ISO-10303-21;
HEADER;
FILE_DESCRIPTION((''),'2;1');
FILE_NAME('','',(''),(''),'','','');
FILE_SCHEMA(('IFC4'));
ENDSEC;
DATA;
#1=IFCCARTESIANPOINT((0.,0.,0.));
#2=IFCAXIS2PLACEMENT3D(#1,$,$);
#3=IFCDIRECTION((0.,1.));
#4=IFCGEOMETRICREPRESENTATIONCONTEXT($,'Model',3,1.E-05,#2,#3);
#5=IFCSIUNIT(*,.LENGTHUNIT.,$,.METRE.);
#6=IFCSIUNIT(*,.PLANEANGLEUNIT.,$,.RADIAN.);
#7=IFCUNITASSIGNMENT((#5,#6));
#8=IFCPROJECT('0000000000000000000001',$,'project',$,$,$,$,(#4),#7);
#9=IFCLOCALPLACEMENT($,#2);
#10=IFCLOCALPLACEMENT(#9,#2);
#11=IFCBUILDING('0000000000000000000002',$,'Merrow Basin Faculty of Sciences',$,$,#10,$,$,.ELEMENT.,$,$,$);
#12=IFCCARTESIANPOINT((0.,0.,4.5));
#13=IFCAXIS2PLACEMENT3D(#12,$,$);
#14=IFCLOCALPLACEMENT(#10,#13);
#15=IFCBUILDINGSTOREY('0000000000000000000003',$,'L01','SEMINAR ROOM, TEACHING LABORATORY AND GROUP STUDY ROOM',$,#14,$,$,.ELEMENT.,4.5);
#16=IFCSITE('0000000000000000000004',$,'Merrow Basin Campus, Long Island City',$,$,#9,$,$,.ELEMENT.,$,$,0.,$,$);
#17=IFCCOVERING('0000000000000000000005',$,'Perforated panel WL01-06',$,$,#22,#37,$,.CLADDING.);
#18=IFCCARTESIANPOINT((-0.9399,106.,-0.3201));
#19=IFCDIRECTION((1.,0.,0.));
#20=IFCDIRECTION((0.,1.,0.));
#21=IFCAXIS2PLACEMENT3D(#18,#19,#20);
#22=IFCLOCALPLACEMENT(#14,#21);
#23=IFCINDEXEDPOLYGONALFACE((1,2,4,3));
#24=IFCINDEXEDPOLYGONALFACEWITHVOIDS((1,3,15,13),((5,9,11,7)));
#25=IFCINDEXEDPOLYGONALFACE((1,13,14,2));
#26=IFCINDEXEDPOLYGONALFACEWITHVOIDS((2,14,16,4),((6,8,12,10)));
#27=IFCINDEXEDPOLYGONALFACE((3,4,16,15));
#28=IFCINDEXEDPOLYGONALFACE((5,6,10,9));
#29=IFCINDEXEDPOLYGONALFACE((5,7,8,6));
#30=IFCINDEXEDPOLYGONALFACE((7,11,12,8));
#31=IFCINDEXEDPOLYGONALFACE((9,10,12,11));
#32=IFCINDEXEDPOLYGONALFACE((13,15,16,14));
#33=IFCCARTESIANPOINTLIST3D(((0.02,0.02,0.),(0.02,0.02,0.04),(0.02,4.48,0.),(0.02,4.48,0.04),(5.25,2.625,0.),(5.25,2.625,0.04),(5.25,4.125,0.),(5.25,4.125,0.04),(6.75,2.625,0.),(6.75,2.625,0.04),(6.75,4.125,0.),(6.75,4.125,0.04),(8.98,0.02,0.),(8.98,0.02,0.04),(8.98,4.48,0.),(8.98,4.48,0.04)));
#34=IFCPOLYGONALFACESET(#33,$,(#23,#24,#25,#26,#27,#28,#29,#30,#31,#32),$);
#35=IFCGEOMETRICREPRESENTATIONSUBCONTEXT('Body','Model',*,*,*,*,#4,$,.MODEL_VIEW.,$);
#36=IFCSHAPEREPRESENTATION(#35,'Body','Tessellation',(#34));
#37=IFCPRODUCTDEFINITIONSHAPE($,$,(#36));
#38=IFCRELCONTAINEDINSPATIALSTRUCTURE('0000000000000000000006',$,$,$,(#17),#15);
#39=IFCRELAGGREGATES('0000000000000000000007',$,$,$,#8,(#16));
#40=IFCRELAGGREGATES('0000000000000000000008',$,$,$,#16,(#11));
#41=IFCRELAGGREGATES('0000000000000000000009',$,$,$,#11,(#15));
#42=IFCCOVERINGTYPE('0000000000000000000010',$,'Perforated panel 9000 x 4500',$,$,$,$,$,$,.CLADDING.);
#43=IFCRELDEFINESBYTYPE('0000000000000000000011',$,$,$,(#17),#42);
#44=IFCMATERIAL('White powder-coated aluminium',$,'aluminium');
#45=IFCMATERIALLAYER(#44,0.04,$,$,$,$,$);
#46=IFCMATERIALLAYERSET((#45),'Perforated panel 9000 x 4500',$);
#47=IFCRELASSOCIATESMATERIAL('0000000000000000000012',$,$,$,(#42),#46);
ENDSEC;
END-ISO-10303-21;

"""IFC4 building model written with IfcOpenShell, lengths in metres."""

from ifc_helpers import new_model, si_unit, direction, frame, origin, place, context, subcontext, project, spatial, polyline, outline, extrude, source, transform, mapped, material, layer, layer_set, type_object, element, save


model = new_model("IFC4")

# Units and contexts
model_context = context("Model", 3, precision=1e-05, world=origin(), true_north=direction((0.0, 1.0)))
body_context = subcontext(model_context, "Body", "Model", "MODEL_VIEW")
ifc_project = project(units=[si_unit("LENGTHUNIT", "METRE"), si_unit("PLANEANGLEUNIT", "RADIAN")], contexts=[model_context])

# Site, building, storey
site_placement = place(None, origin())
site = spatial("IfcSite", under=ifc_project, at=site_placement, Name="Merrow Basin Campus, Long Island City", CompositionType="ELEMENT", RefElevation=0.0)
building_placement = place(site_placement, origin())
building = spatial("IfcBuilding", under=site, at=building_placement, Name="Merrow Basin Faculty of Sciences", CompositionType="ELEMENT")
storey_placement = place(building_placement, frame((0.0, 0.0, 4.5)))
storey = spatial("IfcBuildingStorey", under=building, at=storey_placement, Name="L01", Description="SEMINAR ROOM, TEACHING LABORATORY AND GROUP STUDY ROOM", CompositionType="ELEMENT", Elevation=4.5)

# Covering
ifc_material_1 = material(Name="White powder-coated aluminium", Category="aluminium")
ifc_layer_1 = layer(ifc_material_1, 0.04)
ifc_layer_set_1 = layer_set([ifc_layer_1], Name="Perforated panel 9000 x 4500")
covering_type = type_object("IfcCoveringType", Name="Perforated panel 9000 x 4500", PredefinedType="CLADDING", material=ifc_layer_set_1)
shared_shape_1 = source(origin(), body_context, "Body", "SweptSolid", [
    extrude(outline(polyline([(0.02, 0.02), (8.98, 0.02), (8.98, 4.48), (0.02, 4.48), (0.02, 0.02)]), holes=[polyline([(5.25, 2.625), (6.75, 2.625), (6.75, 4.125), (5.25, 4.125), (5.25, 2.625)])]), origin(), (0.0, 0.0, 1.0), 0.04),
])
covering_placement = place(storey_placement, frame((-0.9399, 106.0, -0.3201), z_axis=(1.0, 0.0, 0.0), x_axis=(0.0, 1.0, 0.0)))
element("IfcCovering", 1, at=covering_placement, inside=storey, type_object=covering_type, Name="Perforated panel WL01-06", PredefinedType="CLADDING", context=body_context, shape_type="MappedRepresentation", body=[
    mapped(shared_shape_1, transform((0.0, 0.0, 0.0), scale=1.0)),
])

save(model, "model.ifc")
